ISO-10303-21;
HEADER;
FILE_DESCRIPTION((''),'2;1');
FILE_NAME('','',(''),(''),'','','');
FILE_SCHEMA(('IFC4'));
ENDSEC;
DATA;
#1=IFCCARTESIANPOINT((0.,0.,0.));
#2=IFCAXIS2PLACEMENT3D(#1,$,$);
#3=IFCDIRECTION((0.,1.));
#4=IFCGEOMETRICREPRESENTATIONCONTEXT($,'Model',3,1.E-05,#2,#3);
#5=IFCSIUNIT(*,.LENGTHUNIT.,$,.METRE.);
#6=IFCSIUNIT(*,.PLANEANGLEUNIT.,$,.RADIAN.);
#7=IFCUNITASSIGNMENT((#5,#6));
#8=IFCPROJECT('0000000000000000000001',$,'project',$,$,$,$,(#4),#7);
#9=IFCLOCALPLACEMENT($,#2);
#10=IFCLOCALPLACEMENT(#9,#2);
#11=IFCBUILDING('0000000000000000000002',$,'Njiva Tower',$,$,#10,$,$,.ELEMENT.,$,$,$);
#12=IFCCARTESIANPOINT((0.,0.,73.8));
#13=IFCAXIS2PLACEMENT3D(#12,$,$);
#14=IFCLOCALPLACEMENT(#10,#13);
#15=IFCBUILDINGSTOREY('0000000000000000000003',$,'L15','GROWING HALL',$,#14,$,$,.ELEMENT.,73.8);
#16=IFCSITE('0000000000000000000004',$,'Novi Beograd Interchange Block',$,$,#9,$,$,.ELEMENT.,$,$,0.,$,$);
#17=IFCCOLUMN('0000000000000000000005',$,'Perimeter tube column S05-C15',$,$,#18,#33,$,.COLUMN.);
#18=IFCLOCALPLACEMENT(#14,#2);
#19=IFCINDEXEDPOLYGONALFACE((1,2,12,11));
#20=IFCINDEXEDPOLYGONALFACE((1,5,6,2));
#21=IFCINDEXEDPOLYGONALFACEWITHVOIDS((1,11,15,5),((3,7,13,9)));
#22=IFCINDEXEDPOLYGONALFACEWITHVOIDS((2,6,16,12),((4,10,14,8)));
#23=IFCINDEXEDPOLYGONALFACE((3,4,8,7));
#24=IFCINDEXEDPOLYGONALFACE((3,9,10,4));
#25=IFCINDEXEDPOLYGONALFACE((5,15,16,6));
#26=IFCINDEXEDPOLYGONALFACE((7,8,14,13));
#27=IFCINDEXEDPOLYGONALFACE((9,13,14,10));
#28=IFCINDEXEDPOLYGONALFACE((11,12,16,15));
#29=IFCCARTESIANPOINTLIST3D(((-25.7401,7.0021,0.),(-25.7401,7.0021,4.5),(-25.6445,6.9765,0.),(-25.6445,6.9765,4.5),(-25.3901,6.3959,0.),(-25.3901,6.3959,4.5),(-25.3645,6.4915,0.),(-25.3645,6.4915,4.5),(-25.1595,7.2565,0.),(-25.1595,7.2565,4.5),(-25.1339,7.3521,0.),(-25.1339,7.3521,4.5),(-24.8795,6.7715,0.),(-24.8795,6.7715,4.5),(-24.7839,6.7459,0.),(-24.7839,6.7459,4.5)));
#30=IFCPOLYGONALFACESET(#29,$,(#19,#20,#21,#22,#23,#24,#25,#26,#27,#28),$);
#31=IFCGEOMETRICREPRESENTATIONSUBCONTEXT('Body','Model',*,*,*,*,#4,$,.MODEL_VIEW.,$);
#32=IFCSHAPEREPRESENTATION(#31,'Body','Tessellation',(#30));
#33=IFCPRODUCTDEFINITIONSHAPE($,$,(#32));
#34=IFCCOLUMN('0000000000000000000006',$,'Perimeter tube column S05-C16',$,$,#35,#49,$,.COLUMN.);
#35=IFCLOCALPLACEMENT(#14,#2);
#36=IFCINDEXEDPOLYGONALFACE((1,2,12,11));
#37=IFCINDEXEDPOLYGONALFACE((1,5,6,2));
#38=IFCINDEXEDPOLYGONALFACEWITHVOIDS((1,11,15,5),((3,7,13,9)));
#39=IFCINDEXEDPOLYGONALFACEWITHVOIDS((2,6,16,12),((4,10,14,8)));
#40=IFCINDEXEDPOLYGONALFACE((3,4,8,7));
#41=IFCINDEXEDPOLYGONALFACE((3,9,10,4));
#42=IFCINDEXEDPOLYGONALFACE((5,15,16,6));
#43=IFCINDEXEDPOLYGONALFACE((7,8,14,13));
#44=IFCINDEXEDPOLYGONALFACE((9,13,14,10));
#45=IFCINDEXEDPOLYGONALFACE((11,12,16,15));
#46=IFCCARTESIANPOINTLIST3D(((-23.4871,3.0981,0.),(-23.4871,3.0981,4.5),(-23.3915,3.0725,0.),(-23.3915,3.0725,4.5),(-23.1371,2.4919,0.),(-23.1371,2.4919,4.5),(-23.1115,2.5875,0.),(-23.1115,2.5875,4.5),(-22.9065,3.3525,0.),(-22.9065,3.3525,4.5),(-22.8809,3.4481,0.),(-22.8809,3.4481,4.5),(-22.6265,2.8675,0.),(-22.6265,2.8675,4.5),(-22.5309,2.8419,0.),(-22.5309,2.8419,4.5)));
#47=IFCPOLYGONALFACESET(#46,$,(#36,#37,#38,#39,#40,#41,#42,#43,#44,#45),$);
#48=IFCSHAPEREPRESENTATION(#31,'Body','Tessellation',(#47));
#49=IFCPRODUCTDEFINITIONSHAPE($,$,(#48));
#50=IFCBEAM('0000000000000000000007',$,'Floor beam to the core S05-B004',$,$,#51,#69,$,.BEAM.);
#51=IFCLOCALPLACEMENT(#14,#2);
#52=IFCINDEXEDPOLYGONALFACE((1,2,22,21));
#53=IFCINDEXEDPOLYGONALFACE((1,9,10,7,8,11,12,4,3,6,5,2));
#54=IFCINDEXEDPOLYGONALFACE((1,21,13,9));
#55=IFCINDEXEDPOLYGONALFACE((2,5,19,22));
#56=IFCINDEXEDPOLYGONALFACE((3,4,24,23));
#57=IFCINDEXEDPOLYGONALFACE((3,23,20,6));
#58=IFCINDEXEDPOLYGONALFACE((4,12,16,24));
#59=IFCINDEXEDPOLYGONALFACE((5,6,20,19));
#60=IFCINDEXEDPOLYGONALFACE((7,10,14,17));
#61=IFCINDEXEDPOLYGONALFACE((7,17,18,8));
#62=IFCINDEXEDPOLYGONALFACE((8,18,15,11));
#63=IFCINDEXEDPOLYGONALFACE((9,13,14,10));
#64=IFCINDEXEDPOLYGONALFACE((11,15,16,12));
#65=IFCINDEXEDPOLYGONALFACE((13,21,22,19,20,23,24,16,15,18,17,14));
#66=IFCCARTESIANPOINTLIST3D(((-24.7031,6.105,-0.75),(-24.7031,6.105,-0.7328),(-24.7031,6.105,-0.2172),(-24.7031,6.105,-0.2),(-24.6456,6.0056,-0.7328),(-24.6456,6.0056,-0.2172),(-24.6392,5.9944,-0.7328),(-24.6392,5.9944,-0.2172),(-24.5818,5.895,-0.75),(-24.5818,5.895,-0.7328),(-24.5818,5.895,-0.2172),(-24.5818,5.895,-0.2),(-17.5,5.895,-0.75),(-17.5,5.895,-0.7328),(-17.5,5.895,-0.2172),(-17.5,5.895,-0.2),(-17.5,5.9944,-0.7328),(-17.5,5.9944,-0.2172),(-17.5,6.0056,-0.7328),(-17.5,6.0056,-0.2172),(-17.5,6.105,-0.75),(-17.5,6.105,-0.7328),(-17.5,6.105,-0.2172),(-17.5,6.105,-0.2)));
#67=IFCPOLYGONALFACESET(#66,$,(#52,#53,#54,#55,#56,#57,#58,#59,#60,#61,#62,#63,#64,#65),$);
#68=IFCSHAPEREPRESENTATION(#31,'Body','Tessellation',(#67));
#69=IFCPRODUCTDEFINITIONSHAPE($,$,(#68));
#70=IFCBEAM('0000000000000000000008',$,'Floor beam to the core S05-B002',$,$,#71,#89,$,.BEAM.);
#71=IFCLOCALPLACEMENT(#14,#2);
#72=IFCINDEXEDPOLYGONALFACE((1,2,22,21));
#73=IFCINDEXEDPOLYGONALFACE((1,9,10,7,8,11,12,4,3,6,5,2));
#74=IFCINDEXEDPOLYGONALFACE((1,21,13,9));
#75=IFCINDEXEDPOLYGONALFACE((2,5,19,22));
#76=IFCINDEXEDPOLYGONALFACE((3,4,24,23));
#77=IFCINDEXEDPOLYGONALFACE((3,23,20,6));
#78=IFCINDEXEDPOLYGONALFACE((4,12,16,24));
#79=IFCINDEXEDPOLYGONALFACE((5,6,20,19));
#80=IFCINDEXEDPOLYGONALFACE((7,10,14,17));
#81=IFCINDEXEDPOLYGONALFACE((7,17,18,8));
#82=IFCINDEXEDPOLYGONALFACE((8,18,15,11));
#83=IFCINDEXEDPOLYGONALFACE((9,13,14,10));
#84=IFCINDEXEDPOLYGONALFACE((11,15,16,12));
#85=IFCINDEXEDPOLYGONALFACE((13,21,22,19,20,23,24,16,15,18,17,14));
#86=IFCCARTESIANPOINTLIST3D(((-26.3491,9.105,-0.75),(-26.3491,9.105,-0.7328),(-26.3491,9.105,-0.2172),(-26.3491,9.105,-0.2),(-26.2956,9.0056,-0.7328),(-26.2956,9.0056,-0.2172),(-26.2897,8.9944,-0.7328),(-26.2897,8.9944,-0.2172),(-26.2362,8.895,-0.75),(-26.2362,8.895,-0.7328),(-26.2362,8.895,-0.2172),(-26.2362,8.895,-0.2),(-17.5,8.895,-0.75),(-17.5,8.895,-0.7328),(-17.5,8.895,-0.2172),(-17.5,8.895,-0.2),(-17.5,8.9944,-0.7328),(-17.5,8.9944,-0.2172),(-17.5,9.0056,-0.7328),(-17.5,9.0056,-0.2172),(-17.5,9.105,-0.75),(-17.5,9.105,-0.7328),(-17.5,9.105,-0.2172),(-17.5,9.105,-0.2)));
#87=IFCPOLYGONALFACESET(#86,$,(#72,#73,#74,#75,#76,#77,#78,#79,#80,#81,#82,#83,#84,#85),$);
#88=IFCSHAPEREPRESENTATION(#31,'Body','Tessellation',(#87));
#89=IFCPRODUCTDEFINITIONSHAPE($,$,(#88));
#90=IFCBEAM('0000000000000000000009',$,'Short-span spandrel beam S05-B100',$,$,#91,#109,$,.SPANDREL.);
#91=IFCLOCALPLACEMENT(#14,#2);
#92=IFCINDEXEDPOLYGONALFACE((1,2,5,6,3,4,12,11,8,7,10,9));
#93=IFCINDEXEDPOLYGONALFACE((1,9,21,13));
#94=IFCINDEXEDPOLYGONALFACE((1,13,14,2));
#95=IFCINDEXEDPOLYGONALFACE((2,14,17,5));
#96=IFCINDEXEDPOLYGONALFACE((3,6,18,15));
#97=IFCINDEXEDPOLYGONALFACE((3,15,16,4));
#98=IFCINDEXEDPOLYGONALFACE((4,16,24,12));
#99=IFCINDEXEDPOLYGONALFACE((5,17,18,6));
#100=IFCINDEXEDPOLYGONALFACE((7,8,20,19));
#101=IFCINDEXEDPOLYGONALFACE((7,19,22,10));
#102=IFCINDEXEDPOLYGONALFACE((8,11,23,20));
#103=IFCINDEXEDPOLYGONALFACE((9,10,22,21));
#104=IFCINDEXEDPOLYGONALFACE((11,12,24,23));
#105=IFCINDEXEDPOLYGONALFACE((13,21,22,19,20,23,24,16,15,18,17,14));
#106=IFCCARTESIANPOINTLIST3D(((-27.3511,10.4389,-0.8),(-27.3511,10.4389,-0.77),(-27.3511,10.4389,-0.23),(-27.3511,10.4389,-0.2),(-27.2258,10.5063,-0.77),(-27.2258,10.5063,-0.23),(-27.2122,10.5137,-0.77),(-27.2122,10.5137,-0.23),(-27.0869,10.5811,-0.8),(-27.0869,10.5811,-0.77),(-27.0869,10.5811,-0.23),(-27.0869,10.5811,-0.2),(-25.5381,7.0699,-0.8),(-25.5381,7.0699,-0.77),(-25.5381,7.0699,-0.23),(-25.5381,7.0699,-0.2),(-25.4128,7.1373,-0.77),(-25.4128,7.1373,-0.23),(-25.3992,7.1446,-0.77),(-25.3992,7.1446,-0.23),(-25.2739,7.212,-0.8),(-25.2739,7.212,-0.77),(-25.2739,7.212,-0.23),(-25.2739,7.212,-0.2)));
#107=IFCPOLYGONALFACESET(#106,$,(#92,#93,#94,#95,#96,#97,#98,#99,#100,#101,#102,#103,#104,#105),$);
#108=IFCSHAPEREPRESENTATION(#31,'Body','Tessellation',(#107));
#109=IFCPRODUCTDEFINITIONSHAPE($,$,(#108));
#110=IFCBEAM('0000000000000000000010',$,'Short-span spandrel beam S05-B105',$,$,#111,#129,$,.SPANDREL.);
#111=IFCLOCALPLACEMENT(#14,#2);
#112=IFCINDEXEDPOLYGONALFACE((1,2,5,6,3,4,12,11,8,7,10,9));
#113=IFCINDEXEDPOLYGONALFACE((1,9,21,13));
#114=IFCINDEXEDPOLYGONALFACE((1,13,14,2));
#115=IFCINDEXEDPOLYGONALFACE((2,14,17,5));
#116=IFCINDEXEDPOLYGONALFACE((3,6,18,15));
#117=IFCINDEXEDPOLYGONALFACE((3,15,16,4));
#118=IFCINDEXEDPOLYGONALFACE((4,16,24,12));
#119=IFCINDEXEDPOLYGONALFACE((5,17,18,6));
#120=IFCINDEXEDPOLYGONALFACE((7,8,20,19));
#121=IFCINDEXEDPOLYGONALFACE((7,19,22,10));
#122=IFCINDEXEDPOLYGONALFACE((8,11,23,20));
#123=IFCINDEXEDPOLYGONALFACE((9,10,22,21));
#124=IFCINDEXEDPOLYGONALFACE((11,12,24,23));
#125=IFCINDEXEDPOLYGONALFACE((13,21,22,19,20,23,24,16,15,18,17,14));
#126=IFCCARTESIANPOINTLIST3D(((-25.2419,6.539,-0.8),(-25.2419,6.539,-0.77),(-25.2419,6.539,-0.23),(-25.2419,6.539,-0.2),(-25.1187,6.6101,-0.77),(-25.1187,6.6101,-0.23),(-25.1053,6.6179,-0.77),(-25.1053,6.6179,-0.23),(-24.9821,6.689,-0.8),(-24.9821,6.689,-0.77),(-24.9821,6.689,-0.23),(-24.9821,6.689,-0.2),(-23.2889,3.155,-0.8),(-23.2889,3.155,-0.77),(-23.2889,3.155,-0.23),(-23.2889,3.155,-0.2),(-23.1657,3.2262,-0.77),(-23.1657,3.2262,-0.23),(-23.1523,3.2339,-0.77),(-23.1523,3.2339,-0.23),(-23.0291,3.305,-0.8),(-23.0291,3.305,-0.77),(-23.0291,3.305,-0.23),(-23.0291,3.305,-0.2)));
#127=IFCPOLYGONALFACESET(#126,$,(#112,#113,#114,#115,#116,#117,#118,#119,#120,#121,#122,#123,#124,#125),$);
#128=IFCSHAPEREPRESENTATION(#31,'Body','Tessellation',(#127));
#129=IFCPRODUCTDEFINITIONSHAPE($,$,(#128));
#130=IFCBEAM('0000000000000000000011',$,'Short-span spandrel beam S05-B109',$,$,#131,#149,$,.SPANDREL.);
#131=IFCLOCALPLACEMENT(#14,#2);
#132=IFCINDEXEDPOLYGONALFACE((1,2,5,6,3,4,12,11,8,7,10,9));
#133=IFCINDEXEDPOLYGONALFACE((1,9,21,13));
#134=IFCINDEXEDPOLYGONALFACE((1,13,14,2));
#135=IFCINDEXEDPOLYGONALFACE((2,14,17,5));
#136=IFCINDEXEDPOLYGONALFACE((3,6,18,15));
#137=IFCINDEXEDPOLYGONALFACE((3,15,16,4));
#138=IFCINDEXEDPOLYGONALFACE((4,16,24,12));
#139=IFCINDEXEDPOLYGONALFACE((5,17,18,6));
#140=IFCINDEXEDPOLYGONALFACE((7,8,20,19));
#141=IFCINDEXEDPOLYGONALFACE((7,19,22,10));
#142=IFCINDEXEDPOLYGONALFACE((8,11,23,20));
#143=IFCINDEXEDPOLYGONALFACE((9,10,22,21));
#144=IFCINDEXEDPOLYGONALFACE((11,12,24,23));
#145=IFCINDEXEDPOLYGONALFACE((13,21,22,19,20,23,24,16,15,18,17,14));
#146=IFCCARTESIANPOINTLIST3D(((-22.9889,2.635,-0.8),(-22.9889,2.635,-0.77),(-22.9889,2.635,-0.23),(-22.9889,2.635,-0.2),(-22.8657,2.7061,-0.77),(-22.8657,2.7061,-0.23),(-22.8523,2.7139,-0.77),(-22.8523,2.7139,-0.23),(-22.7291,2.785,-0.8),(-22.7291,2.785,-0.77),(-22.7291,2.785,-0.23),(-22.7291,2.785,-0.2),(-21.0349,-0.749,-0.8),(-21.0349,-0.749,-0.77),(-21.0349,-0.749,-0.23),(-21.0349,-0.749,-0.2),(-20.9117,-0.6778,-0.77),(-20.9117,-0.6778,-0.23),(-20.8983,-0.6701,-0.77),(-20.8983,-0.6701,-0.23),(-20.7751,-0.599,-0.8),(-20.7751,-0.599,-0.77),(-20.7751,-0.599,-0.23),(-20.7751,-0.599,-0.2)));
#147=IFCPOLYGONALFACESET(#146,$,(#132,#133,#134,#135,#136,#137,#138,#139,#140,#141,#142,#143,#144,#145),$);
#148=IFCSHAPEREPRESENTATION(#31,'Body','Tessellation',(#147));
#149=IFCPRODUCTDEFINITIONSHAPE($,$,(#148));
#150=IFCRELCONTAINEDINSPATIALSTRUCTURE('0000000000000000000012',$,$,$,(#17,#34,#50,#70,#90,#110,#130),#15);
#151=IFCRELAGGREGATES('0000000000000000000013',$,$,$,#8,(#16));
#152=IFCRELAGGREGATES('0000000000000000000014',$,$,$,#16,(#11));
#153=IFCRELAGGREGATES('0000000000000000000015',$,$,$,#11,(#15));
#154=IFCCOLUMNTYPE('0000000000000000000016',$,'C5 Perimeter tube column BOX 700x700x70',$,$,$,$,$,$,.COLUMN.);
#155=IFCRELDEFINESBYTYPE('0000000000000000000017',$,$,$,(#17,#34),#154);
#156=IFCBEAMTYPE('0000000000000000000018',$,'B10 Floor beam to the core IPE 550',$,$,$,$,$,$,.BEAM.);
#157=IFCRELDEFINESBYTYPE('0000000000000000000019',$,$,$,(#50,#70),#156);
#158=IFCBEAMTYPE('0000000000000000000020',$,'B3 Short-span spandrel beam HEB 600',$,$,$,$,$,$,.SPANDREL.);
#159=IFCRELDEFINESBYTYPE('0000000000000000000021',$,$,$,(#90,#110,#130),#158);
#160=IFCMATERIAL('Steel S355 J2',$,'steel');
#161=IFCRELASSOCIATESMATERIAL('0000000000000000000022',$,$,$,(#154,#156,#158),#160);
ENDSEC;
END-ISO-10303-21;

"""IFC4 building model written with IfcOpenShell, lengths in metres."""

from ifc_helpers import new_model, si_unit, direction, frame, origin, origin_2d, place, context, subcontext, project, spatial, hollow_rectangle, i_section, extrude, clip, halfspace, material, material_profile, profile_set, type_object, element, save


model = new_model("IFC4")

# Units and contexts
model_context = context("Model", 3, precision=1e-05, world=origin(), true_north=direction((0.0, 1.0)))
body_context = subcontext(model_context, "Body", "Model", "MODEL_VIEW")
ifc_project = project(units=[si_unit("LENGTHUNIT", "METRE"), si_unit("PLANEANGLEUNIT", "RADIAN")], contexts=[model_context])

# Site, building, storey
site_placement = place(None, origin())
site = spatial("IfcSite", under=ifc_project, at=site_placement, Name="Novi Beograd Interchange Block", CompositionType="ELEMENT", RefElevation=0.0)
building_placement = place(site_placement, origin())
building = spatial("IfcBuilding", under=site, at=building_placement, Name="Njiva Tower", CompositionType="ELEMENT")
storey_placement = place(building_placement, frame((0.0, 0.0, 73.8)))
storey = spatial("IfcBuildingStorey", under=building, at=storey_placement, Name="L15", Description="GROWING HALL", CompositionType="ELEMENT", Elevation=73.8)

# Columns
ifc_material_1 = material(Name="Steel S355 J2", Category="steel")
ifc_material_profile_1 = material_profile(ifc_material_1, hollow_rectangle(XDim=0.7, YDim=0.7, WallThickness=0.07, at=origin_2d()), Name="BOX 700x700x70")
ifc_profile_set_1 = profile_set([ifc_material_profile_1], Name="Steel S355 J2")
column_type = type_object("IfcColumnType", Name="C5 Perimeter tube column BOX 700x700x70", PredefinedType="COLUMN", material=ifc_profile_set_1)
for number, where, z_axis, x_axis, name in (
    (1, (-25.262, 6.874, 0.0), (0.0, 0.0, 1.0), (0.5, -0.866025, 0.0), "Perimeter tube column S05-C15"),
    (2, (-23.009, 2.97, 0.0), (0.0, 0.0, 1.0), (0.5, -0.866025, 0.0), "Perimeter tube column S05-C16"),
):
    element("IfcColumn", number, at=place(storey_placement, frame(where, z_axis=z_axis, x_axis=x_axis)), inside=storey, type_object=column_type, Name=name, PredefinedType="COLUMN", context=body_context, shape_type="SweptSolid", body=[
        extrude(hollow_rectangle(XDim=0.7, YDim=0.7, WallThickness=0.07, at=origin_2d()), origin(), (0.0, 0.0, 1.0), 4.5),
    ])

# Beams
ifc_material_profile_2 = material_profile(ifc_material_1, i_section(OverallWidth=0.21, OverallDepth=0.55, WebThickness=0.0111, FlangeThickness=0.0172, at=origin_2d()), Name="IPE 550")
ifc_profile_set_2 = profile_set([ifc_material_profile_2], Name="Steel S355 J2")
beam_type_1 = type_object("IfcBeamType", Name="B10 Floor beam to the core IPE 550", PredefinedType="BEAM", material=ifc_profile_set_2)
beam_1_placement = place(storey_placement, frame((-24.723, 6.0, -0.475), z_axis=(1.0, 0.0, 0.0), x_axis=(0.0, 1.0, 0.0)))
element("IfcBeam", 3, at=beam_1_placement, inside=storey, type_object=beam_type_1, Name="Floor beam to the core S05-B004", PredefinedType="BEAM", context=body_context, shape_type="Clipping", body=[
    clip(extrude(i_section(OverallWidth=0.21, OverallDepth=0.55, WebThickness=0.0111, FlangeThickness=0.0172, at=origin_2d()), origin(), (0.0, 0.0, 1.0), 7.223), halfspace(frame((-0.025, 0.0, 0.095), z_axis=(-0.499998, 0.0, -0.866027), x_axis=(0.0, -1.0, 0.0)), False)),
])
beam_2_placement = place(storey_placement, frame((-26.369, 9.0, -0.475), z_axis=(1.0, 0.0, 0.0), x_axis=(0.0, 1.0, 0.0)))
element("IfcBeam", 4, at=beam_2_placement, inside=storey, type_object=beam_type_1, Name="Floor beam to the core S05-B002", PredefinedType="BEAM", context=body_context, shape_type="Clipping", body=[
    clip(extrude(i_section(OverallWidth=0.21, OverallDepth=0.55, WebThickness=0.0111, FlangeThickness=0.0172, at=origin_2d()), origin(), (0.0, 0.0, 1.0), 8.869), halfspace(frame((-0.0237, 0.0, 0.0891), z_axis=(-0.473769, 0.0, -0.880649), x_axis=(0.0, -1.0, 0.0)), False)),
])
ifc_material_profile_3 = material_profile(ifc_material_1, i_section(OverallWidth=0.3, OverallDepth=0.6, WebThickness=0.0155, FlangeThickness=0.03, at=origin_2d()), Name="HEB 600")
ifc_profile_set_3 = profile_set([ifc_material_profile_3], Name="Steel S355 J2")
beam_type_2 = type_object("IfcBeamType", Name="B3 Short-span spandrel beam HEB 600", PredefinedType="SPANDREL", material=ifc_profile_set_3)
beam_3_placement = place(storey_placement, frame((-27.219, 10.51, -0.5), z_axis=(0.473882, -0.880589, 0.0), x_axis=(0.880589, 0.473882, 0.0)))
element("IfcBeam", 5, at=beam_3_placement, inside=storey, type_object=beam_type_2, Name="Short-span spandrel beam S05-B100", PredefinedType="SPANDREL", context=body_context, shape_type="SweptSolid", body=[
    extrude(i_section(OverallWidth=0.3, OverallDepth=0.6, WebThickness=0.0155, FlangeThickness=0.03, at=origin_2d()), origin(), (0.0, 0.0, 1.0), 3.8259),
])
beam_4_placement = place(storey_placement, frame((-25.112, 6.614, -0.5), z_axis=(0.499855, -0.866109, 0.0), x_axis=(0.866109, 0.499855, 0.0)))
element("IfcBeam", 6, at=beam_4_placement, inside=storey, type_object=beam_type_2, Name="Short-span spandrel beam S05-B105", PredefinedType="SPANDREL", context=body_context, shape_type="SweptSolid", body=[
    extrude(i_section(OverallWidth=0.3, OverallDepth=0.6, WebThickness=0.0155, FlangeThickness=0.03, at=origin_2d()), origin(), (0.0, 0.0, 1.0), 3.9071),
])
beam_5_placement = place(storey_placement, frame((-22.859, 2.71, -0.5), z_axis=(0.500047, -0.865998, 0.0), x_axis=(0.865998, 0.500047, 0.0)))
element("IfcBeam", 7, at=beam_5_placement, inside=storey, type_object=beam_type_2, Name="Short-span spandrel beam S05-B109", PredefinedType="SPANDREL", context=body_context, shape_type="SweptSolid", body=[
    extrude(i_section(OverallWidth=0.3, OverallDepth=0.6, WebThickness=0.0155, FlangeThickness=0.03, at=origin_2d()), origin(), (0.0, 0.0, 1.0), 3.9076),
])

save(model, "model.ifc")
